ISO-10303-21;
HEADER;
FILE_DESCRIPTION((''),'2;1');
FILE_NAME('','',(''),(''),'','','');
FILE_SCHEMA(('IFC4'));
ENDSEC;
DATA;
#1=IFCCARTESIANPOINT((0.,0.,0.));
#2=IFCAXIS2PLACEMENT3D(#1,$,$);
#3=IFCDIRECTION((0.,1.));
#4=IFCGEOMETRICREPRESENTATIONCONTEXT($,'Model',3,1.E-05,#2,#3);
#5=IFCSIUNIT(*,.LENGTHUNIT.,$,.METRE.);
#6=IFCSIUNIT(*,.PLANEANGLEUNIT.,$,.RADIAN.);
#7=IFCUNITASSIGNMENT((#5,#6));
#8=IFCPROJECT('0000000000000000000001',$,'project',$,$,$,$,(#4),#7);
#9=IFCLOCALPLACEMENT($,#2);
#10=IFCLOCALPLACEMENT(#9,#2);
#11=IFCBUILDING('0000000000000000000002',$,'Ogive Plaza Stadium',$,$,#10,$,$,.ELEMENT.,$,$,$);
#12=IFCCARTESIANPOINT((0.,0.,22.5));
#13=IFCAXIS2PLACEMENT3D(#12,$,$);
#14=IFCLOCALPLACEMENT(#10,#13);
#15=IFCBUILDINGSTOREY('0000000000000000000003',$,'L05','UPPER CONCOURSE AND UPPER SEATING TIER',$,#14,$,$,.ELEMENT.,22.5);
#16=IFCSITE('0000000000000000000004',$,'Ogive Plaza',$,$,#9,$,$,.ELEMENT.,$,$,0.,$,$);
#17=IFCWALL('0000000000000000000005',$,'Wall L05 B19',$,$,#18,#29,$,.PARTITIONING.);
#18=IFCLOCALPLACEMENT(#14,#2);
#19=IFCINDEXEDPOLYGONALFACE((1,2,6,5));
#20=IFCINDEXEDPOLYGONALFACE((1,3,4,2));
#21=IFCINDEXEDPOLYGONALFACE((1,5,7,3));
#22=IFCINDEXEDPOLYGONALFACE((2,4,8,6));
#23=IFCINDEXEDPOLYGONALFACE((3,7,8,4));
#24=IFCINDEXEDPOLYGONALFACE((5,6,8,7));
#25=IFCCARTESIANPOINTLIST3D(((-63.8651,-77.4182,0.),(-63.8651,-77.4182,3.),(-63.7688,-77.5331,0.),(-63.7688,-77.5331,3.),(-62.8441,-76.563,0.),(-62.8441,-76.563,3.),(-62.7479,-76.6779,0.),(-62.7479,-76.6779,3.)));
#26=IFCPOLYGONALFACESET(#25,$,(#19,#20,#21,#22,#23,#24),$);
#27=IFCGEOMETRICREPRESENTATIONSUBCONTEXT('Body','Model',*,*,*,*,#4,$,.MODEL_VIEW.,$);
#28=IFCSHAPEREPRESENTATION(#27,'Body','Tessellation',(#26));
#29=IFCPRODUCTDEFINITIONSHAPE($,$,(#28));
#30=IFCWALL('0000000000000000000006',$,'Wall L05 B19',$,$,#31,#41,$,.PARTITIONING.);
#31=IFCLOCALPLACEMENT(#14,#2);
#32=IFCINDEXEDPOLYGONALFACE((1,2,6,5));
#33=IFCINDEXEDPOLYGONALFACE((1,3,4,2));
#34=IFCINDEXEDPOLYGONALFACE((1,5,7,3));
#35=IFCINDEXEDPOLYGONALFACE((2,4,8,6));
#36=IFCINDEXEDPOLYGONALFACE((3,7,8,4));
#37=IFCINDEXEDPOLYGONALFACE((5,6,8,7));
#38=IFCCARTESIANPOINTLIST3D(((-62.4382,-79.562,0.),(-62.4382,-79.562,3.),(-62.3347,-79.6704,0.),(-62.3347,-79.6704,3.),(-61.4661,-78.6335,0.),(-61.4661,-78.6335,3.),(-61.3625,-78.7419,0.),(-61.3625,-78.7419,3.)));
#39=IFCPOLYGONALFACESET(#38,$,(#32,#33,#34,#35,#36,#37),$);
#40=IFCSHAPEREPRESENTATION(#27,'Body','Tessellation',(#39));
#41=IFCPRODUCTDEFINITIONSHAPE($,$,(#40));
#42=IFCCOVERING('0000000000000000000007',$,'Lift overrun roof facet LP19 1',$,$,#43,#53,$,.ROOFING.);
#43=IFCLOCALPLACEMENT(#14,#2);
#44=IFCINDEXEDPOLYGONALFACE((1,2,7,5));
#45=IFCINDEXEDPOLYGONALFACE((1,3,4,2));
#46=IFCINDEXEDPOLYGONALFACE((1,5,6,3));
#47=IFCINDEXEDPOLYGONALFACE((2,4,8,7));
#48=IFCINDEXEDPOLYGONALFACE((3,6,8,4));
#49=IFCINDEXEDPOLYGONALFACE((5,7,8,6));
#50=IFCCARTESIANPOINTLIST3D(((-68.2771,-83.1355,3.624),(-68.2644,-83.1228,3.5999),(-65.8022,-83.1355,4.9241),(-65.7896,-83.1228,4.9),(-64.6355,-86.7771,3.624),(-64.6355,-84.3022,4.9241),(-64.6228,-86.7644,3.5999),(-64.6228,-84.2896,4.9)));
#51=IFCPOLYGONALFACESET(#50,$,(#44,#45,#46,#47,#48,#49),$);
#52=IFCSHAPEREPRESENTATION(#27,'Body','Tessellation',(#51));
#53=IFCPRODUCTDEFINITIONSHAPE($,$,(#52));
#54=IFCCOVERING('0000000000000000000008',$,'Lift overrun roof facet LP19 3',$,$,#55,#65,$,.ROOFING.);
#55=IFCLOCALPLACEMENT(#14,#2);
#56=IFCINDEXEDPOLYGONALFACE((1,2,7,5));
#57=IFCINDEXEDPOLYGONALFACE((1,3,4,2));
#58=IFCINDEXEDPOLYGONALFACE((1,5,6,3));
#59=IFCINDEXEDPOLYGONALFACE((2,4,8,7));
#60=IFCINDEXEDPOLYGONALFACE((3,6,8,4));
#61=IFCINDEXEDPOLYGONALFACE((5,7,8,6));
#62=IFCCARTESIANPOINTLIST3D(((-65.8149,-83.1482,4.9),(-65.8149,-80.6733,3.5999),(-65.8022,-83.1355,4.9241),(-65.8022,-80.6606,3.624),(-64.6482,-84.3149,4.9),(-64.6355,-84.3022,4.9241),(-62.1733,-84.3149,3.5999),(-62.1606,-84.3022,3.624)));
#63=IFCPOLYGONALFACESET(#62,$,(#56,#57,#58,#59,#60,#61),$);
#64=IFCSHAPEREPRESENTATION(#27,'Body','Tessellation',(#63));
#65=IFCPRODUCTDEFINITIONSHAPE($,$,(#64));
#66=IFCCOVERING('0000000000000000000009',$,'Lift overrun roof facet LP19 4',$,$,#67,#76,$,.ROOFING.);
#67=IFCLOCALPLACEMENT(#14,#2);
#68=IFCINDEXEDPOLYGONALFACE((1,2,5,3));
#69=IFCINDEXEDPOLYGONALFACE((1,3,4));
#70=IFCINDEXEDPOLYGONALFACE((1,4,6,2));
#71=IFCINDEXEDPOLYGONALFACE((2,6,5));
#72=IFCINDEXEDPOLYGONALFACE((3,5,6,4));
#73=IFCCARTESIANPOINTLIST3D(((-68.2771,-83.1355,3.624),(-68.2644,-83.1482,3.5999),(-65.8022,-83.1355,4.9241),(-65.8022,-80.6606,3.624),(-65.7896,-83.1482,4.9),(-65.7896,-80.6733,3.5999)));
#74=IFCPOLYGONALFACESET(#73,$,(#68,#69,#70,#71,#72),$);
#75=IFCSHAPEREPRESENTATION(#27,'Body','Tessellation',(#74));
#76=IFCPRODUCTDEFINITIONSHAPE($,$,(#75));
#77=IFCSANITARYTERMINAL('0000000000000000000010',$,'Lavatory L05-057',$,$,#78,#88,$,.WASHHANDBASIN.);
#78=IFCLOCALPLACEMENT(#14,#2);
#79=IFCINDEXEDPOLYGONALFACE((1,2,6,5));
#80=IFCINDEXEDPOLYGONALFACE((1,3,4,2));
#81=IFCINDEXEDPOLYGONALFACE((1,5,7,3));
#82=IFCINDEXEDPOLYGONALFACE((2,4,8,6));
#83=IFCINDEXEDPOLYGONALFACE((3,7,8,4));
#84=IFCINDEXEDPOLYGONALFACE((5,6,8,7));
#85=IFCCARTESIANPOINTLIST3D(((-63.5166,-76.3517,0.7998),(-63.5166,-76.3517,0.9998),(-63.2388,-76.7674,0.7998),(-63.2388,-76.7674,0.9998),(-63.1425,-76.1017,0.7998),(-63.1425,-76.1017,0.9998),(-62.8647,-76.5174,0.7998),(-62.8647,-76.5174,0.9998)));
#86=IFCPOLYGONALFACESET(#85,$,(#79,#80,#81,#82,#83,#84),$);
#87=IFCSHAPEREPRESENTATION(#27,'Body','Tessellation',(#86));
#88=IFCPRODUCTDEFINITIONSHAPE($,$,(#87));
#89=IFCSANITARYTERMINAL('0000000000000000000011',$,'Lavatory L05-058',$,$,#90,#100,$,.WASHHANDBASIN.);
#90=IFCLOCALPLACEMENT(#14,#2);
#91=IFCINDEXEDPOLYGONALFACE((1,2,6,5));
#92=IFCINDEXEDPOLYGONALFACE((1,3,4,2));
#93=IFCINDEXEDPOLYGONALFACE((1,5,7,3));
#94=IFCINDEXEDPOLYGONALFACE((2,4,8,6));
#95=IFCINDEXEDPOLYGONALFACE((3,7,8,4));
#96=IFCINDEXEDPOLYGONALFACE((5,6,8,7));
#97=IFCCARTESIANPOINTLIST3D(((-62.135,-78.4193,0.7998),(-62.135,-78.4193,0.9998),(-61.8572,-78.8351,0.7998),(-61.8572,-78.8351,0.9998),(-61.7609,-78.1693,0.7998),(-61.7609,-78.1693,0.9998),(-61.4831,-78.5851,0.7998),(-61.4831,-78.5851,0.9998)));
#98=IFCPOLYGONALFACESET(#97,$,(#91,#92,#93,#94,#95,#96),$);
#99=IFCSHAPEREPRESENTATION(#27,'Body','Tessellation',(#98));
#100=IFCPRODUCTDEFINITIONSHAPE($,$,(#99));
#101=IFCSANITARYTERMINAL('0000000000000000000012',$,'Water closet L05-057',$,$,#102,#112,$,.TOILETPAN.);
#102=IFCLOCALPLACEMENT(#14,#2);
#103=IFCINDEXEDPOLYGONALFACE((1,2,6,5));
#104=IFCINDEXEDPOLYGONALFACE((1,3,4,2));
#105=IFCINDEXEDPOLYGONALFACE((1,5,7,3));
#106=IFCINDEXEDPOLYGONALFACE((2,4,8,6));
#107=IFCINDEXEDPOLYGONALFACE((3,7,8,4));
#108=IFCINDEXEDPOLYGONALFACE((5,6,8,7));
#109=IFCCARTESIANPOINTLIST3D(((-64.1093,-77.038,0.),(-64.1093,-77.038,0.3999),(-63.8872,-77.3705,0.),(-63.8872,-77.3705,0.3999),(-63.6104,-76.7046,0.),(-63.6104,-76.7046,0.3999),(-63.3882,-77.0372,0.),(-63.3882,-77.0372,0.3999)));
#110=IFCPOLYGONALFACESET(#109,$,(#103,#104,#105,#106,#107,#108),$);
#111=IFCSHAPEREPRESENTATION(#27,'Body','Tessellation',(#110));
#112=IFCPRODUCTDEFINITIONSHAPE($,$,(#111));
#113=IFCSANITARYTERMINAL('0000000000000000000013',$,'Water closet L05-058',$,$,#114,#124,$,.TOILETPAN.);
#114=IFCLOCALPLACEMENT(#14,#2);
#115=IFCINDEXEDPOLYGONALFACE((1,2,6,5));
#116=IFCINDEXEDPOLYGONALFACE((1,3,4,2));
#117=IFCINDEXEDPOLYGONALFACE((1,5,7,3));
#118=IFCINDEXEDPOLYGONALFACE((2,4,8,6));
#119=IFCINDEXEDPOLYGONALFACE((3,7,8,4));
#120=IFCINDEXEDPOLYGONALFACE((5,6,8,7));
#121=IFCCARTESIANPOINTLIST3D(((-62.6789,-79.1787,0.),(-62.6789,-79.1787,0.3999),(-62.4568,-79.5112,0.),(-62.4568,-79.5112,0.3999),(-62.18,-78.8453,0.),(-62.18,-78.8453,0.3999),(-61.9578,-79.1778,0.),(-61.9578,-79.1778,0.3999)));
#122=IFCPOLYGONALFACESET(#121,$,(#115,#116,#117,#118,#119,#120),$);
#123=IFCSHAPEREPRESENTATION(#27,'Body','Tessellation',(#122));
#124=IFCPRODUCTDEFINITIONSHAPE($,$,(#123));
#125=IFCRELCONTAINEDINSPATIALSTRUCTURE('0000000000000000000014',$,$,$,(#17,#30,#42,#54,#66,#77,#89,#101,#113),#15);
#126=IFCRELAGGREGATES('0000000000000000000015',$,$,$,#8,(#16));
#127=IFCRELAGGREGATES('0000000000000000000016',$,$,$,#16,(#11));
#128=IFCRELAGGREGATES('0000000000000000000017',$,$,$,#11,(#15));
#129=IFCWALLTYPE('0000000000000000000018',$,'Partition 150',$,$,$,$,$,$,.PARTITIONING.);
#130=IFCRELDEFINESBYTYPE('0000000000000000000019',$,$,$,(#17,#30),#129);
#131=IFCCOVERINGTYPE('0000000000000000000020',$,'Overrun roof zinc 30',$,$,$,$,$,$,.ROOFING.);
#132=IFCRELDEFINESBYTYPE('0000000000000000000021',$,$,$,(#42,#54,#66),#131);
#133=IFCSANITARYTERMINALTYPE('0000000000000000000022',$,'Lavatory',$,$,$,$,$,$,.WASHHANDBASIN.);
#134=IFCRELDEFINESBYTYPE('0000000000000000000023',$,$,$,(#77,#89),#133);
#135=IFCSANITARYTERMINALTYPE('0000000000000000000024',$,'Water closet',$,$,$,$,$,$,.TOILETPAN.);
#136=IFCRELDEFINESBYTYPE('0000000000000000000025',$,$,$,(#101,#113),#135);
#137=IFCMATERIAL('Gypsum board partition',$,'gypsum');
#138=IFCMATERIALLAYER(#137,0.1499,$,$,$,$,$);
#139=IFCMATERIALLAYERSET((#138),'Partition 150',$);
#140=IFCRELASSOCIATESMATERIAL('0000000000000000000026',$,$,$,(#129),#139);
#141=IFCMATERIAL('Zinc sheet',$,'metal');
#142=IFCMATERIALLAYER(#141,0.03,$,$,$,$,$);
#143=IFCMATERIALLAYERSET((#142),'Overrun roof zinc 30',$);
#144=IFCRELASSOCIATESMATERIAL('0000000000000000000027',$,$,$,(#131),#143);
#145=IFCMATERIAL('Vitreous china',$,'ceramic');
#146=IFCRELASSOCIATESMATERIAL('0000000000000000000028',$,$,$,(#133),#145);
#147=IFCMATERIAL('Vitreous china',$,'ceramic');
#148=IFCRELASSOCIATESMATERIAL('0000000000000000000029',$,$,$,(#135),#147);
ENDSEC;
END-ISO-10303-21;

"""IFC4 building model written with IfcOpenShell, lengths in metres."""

from ifc_helpers import new_model, si_unit, direction, frame, frame_2d, origin, origin_2d, place, context, subcontext, project, spatial, polyline, rectangle, outline, extrude, material, layer, layer_set, type_object, element, save


model = new_model("IFC4")

# Units and contexts
model_context = context("Model", 3, precision=1e-05, world=origin(), true_north=direction((0.0, 1.0)))
body_context = subcontext(model_context, "Body", "Model", "MODEL_VIEW")
ifc_project = project(units=[si_unit("LENGTHUNIT", "METRE"), si_unit("PLANEANGLEUNIT", "RADIAN")], contexts=[model_context])

# Site, building, storey
site_placement = place(None, origin())
site = spatial("IfcSite", under=ifc_project, at=site_placement, Name="Ogive Plaza", CompositionType="ELEMENT", RefElevation=0.0)
building_placement = place(site_placement, origin())
building = spatial("IfcBuilding", under=site, at=building_placement, Name="Ogive Plaza Stadium", CompositionType="ELEMENT")
storey_placement = place(building_placement, frame((0.0, 0.0, 22.5)))
storey = spatial("IfcBuildingStorey", under=building, at=storey_placement, Name="L05", Description="UPPER CONCOURSE AND UPPER SEATING TIER", CompositionType="ELEMENT", Elevation=22.5)

# Walls
ifc_material_1 = material(Name="Gypsum board partition", Category="gypsum")
ifc_layer_1 = layer(ifc_material_1, 0.1499)
ifc_layer_set_1 = layer_set([ifc_layer_1], Name="Partition 150")
wall_type_1 = type_object("IfcWallType", Name="Partition 150", PredefinedType="PARTITIONING", material=ifc_layer_set_1)
wall_1_placement = place(storey_placement, frame((-62.7959, -76.6204, 0.0), z_axis=(0.0, 0.0, 1.0), x_axis=(-0.766596, -0.64213, 0.0)))
element("IfcWall", 1, at=wall_1_placement, inside=storey, type_object=wall_type_1, Name="Wall L05 B19", PredefinedType="PARTITIONING", context=body_context, shape_type="SweptSolid", body=[
    extrude(rectangle(XDim=1.3318, YDim=0.1499, at=frame_2d((0.666, 0.0))), origin(), (0.0, 0.0, 1.0), 3.0),
])
wall_2_placement = place(storey_placement, frame((-61.4143, -78.6877, 0.0), z_axis=(0.0, 0.0, 1.0), x_axis=(-0.723174, -0.690666, 0.0)))
element("IfcWall", 2, at=wall_2_placement, inside=storey, type_object=wall_type_1, Name="Wall L05 B19", PredefinedType="PARTITIONING", context=body_context, shape_type="SweptSolid", body=[
    extrude(rectangle(XDim=1.3442, YDim=0.1499, at=frame_2d((0.6721, 0.0))), origin(), (0.0, 0.0, 1.0), 3.0),
])

# Coverings
ifc_material_2 = material(Name="Zinc sheet", Category="metal")
ifc_layer_2 = layer(ifc_material_2, 0.03)
ifc_layer_set_2 = layer_set([ifc_layer_2], Name="Overrun roof zinc 30")
covering_type = type_object("IfcCoveringType", Name="Overrun roof zinc 30", PredefinedType="ROOFING", material=ifc_layer_set_2)
for number, where, z_axis, x_axis, name in (
    (3, (-68.2771, -83.1355, 3.624), (-0.421677, -0.421677, 0.802731), (0.707107, -0.707107, 0.0), "Lift overrun roof facet LP19 1"),
    (4, (-62.1606, -84.3022, 3.624), (0.421677, 0.421677, 0.802731), (-0.707107, 0.707107, 0.0), "Lift overrun roof facet LP19 3"),
):
    element("IfcCovering", number, at=place(storey_placement, frame(where, z_axis=z_axis, x_axis=x_axis)), inside=storey, type_object=covering_type, Name=name, PredefinedType="ROOFING", context=body_context, shape_type="SweptSolid", body=[
        extrude(outline(polyline([(0.0, 0.0), (5.15, 0.0), (3.4, 2.18), (1.75, 2.18), (0.0, 0.0)])), origin(), (0.0, 0.0, -1.0), 0.03),
    ])
covering_placement = place(storey_placement, frame((-65.8022, -80.6606, 3.624), z_axis=(-0.421677, 0.421677, 0.802731), x_axis=(-0.707107, -0.707107, 0.0)))
element("IfcCovering", 5, at=covering_placement, inside=storey, type_object=covering_type, Name="Lift overrun roof facet LP19 4", PredefinedType="ROOFING", context=body_context, shape_type="SweptSolid", body=[
    extrude(outline(polyline([(0.0, 0.0), (3.5, 0.0), (1.75, 2.18), (0.0, 0.0)])), origin(), (0.0, 0.0, -1.0), 0.03),
])

# Sanitary terminals
ifc_material_3 = material(Name="Vitreous china", Category="ceramic")
sanitary_terminal_type_1 = type_object("IfcSanitaryTerminalType", Name="Lavatory", PredefinedType="WASHHANDBASIN", material=ifc_material_3)
for number, where, z_axis, x_axis, name in (
    (6, (-63.1907, -76.4346, 0.7998), (0.0, 0.0, 1.0), (-0.55557, 0.83147, 0.0), "Lavatory L05-057"),
    (7, (-61.8091, -78.5022, 0.7998), (0.0, 0.0, 1.0), (-0.55557, 0.83147, 0.0), "Lavatory L05-058"),
):
    element("IfcSanitaryTerminal", number, at=place(storey_placement, frame(where, z_axis=z_axis, x_axis=x_axis)), inside=storey, type_object=sanitary_terminal_type_1, Name=name, PredefinedType="WASHHANDBASIN", context=body_context, shape_type="SweptSolid", body=[
        extrude(rectangle(XDim=0.5, YDim=0.45, at=origin_2d()), origin(), (0.0, 0.0, 1.0), 0.2),
    ])
ifc_material_4 = material(Name="Vitreous china", Category="ceramic")
sanitary_terminal_type_2 = type_object("IfcSanitaryTerminalType", Name="Water closet", PredefinedType="TOILETPAN", material=ifc_material_4)
for number, where, z_axis, x_axis, name in (
    (8, (-63.7488, -77.0376, 0.0), (0.0, 0.0, 1.0), (-0.55557, 0.83147, 0.0), "Water closet L05-057"),
    (9, (-62.3184, -79.1782, 0.0), (0.0, 0.0, 1.0), (-0.55557, 0.83147, 0.0), "Water closet L05-058"),
):
    element("IfcSanitaryTerminal", number, at=place(storey_placement, frame(where, z_axis=z_axis, x_axis=x_axis)), inside=storey, type_object=sanitary_terminal_type_2, Name=name, PredefinedType="TOILETPAN", context=body_context, shape_type="SweptSolid", body=[
        extrude(rectangle(XDim=0.3999, YDim=0.6001, at=origin_2d()), origin(), (0.0, 0.0, 1.0), 0.3999),
    ])

save(model, "model.ifc")
